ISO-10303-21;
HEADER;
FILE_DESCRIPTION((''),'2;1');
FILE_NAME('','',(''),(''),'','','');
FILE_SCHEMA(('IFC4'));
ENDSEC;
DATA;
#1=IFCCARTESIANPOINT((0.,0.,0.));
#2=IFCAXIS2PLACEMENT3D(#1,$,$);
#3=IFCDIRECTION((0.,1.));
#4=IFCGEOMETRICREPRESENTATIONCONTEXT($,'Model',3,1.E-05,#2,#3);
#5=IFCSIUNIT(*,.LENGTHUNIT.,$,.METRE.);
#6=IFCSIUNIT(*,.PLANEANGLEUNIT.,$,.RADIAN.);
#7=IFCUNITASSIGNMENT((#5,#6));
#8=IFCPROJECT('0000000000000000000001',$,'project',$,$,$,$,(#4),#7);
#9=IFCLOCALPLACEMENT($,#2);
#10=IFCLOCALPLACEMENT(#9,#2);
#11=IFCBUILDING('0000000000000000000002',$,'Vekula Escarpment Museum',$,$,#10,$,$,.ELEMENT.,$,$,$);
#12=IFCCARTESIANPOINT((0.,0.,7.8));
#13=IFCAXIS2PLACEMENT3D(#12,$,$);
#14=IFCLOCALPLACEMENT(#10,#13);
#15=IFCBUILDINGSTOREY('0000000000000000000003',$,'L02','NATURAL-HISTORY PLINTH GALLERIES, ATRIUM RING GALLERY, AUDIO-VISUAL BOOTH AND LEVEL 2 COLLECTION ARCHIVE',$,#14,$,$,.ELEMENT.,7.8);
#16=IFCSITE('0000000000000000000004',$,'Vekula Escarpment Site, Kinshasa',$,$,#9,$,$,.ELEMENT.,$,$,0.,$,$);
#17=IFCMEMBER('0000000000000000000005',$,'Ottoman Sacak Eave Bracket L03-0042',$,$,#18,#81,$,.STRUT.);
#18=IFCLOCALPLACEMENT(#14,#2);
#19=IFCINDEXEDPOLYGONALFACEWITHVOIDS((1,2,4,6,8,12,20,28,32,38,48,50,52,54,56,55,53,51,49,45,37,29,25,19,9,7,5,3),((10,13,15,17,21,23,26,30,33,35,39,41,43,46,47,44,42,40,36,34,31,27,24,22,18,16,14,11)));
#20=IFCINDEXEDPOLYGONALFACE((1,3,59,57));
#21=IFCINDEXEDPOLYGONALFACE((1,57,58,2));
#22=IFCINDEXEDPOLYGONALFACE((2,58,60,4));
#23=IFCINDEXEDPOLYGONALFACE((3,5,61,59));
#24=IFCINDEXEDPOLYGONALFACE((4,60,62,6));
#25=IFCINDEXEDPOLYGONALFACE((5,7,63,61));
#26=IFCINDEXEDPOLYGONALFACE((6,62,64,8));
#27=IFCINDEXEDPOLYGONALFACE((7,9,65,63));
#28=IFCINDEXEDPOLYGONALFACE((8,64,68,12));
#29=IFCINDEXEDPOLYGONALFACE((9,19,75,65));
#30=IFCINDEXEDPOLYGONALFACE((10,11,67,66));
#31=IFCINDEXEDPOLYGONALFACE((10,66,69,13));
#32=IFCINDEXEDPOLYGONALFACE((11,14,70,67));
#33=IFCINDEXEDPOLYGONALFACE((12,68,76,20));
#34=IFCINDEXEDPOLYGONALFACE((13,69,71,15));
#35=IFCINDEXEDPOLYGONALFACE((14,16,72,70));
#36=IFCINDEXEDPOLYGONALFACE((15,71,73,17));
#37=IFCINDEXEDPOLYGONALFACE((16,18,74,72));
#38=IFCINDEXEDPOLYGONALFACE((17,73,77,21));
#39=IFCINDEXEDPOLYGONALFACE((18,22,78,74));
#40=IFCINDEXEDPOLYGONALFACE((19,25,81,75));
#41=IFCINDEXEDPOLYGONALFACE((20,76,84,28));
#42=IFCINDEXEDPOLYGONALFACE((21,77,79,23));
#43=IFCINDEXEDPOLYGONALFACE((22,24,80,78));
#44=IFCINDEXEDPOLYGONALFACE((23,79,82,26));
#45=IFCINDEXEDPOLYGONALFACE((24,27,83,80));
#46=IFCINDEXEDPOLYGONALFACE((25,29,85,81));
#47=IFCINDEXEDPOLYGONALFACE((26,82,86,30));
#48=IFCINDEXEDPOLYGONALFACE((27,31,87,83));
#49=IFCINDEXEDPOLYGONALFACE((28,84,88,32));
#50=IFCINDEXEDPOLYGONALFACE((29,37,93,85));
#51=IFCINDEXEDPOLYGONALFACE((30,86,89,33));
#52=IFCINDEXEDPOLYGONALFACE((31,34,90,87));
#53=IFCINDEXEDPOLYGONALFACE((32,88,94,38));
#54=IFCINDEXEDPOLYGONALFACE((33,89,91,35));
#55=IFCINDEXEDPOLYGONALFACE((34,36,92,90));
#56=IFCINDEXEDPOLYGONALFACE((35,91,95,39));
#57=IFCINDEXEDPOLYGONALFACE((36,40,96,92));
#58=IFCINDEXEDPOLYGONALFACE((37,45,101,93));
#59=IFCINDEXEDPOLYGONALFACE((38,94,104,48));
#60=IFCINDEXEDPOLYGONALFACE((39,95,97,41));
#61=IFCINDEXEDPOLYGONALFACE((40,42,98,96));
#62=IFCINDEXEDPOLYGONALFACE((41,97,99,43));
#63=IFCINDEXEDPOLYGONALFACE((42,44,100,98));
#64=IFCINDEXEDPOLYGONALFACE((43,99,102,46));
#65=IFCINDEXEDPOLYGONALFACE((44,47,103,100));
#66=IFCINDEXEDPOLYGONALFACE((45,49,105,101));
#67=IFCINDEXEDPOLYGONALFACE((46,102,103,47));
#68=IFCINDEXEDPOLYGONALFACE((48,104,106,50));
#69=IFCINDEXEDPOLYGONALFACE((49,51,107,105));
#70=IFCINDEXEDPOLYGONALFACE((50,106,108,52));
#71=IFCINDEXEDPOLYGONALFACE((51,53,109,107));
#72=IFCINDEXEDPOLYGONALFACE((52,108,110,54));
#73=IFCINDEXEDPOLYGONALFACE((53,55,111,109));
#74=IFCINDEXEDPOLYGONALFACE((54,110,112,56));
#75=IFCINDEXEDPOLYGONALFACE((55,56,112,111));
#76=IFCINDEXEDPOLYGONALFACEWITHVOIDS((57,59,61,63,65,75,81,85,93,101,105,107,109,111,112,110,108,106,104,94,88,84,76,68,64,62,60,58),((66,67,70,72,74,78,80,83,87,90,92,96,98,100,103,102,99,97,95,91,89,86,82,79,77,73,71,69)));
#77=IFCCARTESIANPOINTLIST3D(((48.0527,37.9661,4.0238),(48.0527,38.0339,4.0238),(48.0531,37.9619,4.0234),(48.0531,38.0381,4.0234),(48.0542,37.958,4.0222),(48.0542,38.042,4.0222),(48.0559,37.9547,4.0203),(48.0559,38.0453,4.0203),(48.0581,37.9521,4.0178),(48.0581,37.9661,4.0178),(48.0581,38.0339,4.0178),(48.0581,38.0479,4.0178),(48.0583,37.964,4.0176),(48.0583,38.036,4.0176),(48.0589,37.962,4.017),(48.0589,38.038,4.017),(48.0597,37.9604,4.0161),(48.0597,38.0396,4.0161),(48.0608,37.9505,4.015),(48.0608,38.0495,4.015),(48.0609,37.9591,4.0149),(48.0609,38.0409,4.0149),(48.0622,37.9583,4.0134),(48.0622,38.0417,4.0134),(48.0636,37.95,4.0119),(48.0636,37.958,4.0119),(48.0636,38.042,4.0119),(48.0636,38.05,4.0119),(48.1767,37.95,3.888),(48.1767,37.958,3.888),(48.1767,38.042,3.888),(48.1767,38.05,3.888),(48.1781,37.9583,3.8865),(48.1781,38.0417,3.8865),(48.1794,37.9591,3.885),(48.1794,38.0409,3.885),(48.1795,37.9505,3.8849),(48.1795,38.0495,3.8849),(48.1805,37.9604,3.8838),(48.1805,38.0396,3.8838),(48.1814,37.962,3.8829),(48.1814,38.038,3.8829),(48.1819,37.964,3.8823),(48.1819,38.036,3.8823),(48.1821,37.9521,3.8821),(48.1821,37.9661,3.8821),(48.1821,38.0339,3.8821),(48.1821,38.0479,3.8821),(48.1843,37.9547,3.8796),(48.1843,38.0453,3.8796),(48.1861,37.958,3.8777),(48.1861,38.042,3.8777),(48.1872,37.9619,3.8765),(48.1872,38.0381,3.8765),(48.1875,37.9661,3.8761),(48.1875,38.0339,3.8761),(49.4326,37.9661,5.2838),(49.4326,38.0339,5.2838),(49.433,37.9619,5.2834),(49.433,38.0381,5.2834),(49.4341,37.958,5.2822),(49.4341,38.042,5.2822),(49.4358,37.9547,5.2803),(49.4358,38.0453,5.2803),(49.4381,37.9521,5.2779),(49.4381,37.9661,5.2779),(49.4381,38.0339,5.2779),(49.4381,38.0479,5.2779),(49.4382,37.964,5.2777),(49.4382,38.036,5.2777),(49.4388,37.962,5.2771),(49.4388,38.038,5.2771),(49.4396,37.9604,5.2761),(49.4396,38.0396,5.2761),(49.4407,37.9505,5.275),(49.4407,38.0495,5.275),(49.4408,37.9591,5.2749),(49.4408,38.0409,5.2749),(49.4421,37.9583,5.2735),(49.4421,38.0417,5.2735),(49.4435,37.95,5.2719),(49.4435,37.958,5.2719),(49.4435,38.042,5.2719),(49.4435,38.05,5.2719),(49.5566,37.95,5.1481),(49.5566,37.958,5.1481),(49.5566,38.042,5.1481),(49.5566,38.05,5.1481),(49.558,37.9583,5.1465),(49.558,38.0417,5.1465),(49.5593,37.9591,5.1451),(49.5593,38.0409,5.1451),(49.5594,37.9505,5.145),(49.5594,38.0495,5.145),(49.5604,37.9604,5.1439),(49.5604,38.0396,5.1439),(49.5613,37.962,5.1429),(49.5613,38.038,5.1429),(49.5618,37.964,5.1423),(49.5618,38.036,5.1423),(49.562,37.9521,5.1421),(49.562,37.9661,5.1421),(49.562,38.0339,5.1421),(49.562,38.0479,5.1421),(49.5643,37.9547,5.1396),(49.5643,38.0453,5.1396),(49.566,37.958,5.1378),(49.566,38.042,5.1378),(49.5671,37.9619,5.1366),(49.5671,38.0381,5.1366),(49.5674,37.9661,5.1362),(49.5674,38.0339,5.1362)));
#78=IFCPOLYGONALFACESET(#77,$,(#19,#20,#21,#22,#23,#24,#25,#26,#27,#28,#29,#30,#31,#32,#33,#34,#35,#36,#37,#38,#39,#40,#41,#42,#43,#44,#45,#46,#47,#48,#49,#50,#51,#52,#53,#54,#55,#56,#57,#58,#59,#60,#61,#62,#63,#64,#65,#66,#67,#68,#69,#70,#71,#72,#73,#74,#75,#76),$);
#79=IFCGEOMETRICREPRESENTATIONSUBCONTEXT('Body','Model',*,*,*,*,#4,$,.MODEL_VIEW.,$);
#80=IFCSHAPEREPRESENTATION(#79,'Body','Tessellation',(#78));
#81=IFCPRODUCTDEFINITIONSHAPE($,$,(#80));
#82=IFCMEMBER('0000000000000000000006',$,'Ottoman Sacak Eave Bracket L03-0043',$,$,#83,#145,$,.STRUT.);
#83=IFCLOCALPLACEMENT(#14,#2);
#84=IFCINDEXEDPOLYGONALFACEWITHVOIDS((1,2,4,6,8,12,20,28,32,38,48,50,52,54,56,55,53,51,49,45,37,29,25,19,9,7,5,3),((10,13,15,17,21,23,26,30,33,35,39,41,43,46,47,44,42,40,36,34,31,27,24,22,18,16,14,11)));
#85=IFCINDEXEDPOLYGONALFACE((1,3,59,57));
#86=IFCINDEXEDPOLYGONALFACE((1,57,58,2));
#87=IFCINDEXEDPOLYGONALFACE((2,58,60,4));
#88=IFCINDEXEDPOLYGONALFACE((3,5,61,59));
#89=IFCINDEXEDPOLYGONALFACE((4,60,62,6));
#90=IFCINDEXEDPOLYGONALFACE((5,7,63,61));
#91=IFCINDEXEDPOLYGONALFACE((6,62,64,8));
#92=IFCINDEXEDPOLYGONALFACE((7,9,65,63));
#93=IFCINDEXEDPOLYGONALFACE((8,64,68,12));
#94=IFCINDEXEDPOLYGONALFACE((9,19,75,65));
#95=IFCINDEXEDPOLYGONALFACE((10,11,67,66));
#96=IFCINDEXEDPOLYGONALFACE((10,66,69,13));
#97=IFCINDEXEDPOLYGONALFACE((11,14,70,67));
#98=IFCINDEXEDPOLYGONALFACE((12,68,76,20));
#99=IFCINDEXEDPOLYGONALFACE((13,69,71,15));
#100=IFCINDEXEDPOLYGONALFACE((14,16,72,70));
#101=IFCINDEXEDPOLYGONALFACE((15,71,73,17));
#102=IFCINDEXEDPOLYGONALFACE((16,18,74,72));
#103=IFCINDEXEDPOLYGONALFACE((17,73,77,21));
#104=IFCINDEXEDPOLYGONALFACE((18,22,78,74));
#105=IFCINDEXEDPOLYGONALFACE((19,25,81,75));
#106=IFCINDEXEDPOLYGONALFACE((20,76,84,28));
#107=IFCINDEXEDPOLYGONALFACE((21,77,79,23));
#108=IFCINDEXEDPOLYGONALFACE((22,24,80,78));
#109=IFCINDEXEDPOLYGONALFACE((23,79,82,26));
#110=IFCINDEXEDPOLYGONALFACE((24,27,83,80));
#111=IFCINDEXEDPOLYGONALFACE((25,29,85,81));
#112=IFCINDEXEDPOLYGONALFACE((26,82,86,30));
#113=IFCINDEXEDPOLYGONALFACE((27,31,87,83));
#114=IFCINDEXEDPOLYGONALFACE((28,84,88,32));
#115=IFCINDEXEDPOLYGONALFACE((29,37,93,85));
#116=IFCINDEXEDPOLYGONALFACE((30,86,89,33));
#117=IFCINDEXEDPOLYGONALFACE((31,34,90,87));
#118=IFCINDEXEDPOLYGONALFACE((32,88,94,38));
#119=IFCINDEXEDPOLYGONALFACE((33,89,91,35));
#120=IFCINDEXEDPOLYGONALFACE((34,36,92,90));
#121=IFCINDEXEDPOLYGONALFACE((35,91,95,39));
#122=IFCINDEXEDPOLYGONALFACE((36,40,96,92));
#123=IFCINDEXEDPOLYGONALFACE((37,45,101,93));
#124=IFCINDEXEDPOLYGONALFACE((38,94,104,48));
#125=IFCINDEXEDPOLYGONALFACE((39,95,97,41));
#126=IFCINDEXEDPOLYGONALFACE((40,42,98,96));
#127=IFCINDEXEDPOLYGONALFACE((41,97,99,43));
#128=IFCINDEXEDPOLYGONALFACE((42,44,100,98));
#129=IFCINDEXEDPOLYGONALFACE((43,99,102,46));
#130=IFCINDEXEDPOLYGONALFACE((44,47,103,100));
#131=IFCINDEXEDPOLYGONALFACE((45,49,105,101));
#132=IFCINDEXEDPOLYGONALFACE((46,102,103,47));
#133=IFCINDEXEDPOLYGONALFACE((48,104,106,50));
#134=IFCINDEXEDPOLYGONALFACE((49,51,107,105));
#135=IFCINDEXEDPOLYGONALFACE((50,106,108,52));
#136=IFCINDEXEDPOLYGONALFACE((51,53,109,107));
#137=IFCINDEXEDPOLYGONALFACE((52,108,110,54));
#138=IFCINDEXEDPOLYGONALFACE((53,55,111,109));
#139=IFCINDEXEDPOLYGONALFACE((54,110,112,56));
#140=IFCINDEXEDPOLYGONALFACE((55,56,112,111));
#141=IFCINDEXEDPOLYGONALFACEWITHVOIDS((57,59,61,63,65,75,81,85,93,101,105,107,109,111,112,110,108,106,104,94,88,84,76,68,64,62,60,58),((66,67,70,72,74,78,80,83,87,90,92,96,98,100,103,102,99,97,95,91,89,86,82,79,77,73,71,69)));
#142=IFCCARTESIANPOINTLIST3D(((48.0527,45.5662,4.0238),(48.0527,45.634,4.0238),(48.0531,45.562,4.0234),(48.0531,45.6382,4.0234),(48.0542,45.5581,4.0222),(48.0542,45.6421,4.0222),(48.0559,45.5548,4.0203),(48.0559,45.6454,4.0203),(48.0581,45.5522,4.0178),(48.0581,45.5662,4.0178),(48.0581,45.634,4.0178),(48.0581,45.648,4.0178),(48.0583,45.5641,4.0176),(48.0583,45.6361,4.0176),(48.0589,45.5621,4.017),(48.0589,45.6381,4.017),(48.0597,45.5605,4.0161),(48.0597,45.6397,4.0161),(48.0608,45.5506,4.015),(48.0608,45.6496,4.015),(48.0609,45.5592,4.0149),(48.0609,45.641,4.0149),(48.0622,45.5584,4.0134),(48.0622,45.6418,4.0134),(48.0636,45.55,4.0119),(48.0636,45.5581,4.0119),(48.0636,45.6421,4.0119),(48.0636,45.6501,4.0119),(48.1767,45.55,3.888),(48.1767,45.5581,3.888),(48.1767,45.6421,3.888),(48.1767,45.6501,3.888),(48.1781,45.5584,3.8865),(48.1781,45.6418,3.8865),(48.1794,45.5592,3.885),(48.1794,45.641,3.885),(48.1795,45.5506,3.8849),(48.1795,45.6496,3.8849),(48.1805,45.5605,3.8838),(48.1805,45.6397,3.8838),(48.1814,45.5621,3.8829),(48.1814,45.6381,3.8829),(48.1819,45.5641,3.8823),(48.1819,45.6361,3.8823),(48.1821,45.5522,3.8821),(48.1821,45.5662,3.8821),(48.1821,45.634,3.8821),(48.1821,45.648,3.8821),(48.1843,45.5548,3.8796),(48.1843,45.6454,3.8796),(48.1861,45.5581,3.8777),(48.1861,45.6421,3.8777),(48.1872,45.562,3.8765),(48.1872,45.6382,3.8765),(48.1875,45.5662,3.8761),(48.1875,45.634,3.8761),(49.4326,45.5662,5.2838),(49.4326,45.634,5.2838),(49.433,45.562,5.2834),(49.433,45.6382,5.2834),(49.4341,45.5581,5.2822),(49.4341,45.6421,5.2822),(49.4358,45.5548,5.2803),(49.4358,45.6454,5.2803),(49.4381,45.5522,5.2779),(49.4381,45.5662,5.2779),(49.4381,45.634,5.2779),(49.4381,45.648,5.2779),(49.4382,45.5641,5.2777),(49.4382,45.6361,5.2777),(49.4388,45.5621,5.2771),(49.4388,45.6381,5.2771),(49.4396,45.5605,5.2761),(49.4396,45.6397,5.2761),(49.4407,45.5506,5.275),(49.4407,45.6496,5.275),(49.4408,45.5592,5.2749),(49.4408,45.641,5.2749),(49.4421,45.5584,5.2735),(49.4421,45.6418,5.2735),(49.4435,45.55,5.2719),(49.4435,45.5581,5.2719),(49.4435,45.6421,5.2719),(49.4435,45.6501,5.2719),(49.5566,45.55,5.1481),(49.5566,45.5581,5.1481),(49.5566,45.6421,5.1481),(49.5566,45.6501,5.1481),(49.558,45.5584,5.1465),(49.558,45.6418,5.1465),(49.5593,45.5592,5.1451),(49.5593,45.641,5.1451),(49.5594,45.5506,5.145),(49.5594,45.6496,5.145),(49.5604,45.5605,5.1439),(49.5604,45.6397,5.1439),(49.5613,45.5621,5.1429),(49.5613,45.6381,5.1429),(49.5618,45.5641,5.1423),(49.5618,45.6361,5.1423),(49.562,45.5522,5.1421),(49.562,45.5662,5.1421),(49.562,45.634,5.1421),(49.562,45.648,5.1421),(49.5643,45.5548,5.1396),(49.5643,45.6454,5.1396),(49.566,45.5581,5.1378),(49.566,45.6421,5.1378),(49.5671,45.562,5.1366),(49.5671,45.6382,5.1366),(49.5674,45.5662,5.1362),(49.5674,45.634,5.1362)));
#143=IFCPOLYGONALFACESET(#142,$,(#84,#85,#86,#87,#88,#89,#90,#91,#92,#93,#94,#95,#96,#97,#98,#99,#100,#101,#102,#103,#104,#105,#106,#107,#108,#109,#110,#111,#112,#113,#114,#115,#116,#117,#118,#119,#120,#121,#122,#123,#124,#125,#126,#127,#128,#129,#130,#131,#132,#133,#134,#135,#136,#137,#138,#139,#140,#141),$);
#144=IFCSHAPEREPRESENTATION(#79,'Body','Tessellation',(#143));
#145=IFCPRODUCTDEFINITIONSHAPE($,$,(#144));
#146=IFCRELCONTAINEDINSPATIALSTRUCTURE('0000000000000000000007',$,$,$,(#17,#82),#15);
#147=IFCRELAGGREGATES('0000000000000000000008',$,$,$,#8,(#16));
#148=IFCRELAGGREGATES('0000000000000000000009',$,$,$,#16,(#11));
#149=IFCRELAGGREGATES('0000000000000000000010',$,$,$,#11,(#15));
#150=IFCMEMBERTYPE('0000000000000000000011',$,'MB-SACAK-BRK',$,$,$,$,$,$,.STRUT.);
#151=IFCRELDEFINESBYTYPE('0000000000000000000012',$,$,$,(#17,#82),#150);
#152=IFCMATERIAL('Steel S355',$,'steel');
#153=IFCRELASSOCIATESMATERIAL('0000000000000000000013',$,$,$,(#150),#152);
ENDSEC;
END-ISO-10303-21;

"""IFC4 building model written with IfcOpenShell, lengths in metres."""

from ifc_helpers import new_model, si_unit, direction, frame, origin, origin_2d, place, context, subcontext, project, spatial, hollow_rectangle, extrude, material, material_profile, profile_set, type_object, element, save


model = new_model("IFC4")

# Units and contexts
model_context = context("Model", 3, precision=1e-05, world=origin(), true_north=direction((0.0, 1.0)))
body_context = subcontext(model_context, "Body", "Model", "MODEL_VIEW")
ifc_project = project(units=[si_unit("LENGTHUNIT", "METRE"), si_unit("PLANEANGLEUNIT", "RADIAN")], contexts=[model_context])

# Site, building, storey
site_placement = place(None, origin())
site = spatial("IfcSite", under=ifc_project, at=site_placement, Name="Vekula Escarpment Site, Kinshasa", CompositionType="ELEMENT", RefElevation=0.0)
building_placement = place(site_placement, origin())
building = spatial("IfcBuilding", under=site, at=building_placement, Name="Vekula Escarpment Museum", CompositionType="ELEMENT")
storey_placement = place(building_placement, frame((0.0, 0.0, 7.8)))
storey = spatial("IfcBuildingStorey", under=building, at=storey_placement, Name="L02", Description="NATURAL-HISTORY PLINTH GALLERIES, ATRIUM RING GALLERY, AUDIO-VISUAL BOOTH AND LEVEL 2 COLLECTION ARCHIVE", CompositionType="ELEMENT", Elevation=7.8)

# Members
ifc_material_1 = material(Name="Steel S355", Category="steel")
ifc_material_profile_1 = material_profile(ifc_material_1, hollow_rectangle(XDim=0.1001, YDim=0.2, WallThickness=0.0081, InnerFilletRadius=0.0081, OuterFilletRadius=0.0161, at=origin_2d()), Name="RHS 200x100x8")
ifc_profile_set_1 = profile_set([ifc_material_profile_1], Name="Steel S355")
member_type_1 = type_object("IfcMemberType", Name="MB-SACAK-BRK", PredefinedType="STRUT", material=ifc_profile_set_1)
for number, where, z_axis, x_axis, name in (
    (1, (48.1201, 38.0, 3.95), (0.738454, 0.0, 0.674303), (0.0, 1.0, 0.0), "Ottoman Sacak Eave Bracket L03-0042"),
    (2, (48.1201, 45.6001, 3.95), (0.738454, 0.0, 0.674303), (0.0, 1.0, 0.0), "Ottoman Sacak Eave Bracket L03-0043"),
):
    element("IfcMember", number, at=place(storey_placement, frame(where, z_axis=z_axis, x_axis=x_axis)), inside=storey, type_object=member_type_1, Name=name, PredefinedType="STRUT", context=body_context, shape_type="SweptSolid", body=[
        extrude(hollow_rectangle(XDim=0.1001, YDim=0.2, WallThickness=0.0081, InnerFilletRadius=0.0081, OuterFilletRadius=0.0161, at=origin_2d()), origin(), (0.0, 0.0, 1.0), 1.8687),
    ])

save(model, "model.ifc")
